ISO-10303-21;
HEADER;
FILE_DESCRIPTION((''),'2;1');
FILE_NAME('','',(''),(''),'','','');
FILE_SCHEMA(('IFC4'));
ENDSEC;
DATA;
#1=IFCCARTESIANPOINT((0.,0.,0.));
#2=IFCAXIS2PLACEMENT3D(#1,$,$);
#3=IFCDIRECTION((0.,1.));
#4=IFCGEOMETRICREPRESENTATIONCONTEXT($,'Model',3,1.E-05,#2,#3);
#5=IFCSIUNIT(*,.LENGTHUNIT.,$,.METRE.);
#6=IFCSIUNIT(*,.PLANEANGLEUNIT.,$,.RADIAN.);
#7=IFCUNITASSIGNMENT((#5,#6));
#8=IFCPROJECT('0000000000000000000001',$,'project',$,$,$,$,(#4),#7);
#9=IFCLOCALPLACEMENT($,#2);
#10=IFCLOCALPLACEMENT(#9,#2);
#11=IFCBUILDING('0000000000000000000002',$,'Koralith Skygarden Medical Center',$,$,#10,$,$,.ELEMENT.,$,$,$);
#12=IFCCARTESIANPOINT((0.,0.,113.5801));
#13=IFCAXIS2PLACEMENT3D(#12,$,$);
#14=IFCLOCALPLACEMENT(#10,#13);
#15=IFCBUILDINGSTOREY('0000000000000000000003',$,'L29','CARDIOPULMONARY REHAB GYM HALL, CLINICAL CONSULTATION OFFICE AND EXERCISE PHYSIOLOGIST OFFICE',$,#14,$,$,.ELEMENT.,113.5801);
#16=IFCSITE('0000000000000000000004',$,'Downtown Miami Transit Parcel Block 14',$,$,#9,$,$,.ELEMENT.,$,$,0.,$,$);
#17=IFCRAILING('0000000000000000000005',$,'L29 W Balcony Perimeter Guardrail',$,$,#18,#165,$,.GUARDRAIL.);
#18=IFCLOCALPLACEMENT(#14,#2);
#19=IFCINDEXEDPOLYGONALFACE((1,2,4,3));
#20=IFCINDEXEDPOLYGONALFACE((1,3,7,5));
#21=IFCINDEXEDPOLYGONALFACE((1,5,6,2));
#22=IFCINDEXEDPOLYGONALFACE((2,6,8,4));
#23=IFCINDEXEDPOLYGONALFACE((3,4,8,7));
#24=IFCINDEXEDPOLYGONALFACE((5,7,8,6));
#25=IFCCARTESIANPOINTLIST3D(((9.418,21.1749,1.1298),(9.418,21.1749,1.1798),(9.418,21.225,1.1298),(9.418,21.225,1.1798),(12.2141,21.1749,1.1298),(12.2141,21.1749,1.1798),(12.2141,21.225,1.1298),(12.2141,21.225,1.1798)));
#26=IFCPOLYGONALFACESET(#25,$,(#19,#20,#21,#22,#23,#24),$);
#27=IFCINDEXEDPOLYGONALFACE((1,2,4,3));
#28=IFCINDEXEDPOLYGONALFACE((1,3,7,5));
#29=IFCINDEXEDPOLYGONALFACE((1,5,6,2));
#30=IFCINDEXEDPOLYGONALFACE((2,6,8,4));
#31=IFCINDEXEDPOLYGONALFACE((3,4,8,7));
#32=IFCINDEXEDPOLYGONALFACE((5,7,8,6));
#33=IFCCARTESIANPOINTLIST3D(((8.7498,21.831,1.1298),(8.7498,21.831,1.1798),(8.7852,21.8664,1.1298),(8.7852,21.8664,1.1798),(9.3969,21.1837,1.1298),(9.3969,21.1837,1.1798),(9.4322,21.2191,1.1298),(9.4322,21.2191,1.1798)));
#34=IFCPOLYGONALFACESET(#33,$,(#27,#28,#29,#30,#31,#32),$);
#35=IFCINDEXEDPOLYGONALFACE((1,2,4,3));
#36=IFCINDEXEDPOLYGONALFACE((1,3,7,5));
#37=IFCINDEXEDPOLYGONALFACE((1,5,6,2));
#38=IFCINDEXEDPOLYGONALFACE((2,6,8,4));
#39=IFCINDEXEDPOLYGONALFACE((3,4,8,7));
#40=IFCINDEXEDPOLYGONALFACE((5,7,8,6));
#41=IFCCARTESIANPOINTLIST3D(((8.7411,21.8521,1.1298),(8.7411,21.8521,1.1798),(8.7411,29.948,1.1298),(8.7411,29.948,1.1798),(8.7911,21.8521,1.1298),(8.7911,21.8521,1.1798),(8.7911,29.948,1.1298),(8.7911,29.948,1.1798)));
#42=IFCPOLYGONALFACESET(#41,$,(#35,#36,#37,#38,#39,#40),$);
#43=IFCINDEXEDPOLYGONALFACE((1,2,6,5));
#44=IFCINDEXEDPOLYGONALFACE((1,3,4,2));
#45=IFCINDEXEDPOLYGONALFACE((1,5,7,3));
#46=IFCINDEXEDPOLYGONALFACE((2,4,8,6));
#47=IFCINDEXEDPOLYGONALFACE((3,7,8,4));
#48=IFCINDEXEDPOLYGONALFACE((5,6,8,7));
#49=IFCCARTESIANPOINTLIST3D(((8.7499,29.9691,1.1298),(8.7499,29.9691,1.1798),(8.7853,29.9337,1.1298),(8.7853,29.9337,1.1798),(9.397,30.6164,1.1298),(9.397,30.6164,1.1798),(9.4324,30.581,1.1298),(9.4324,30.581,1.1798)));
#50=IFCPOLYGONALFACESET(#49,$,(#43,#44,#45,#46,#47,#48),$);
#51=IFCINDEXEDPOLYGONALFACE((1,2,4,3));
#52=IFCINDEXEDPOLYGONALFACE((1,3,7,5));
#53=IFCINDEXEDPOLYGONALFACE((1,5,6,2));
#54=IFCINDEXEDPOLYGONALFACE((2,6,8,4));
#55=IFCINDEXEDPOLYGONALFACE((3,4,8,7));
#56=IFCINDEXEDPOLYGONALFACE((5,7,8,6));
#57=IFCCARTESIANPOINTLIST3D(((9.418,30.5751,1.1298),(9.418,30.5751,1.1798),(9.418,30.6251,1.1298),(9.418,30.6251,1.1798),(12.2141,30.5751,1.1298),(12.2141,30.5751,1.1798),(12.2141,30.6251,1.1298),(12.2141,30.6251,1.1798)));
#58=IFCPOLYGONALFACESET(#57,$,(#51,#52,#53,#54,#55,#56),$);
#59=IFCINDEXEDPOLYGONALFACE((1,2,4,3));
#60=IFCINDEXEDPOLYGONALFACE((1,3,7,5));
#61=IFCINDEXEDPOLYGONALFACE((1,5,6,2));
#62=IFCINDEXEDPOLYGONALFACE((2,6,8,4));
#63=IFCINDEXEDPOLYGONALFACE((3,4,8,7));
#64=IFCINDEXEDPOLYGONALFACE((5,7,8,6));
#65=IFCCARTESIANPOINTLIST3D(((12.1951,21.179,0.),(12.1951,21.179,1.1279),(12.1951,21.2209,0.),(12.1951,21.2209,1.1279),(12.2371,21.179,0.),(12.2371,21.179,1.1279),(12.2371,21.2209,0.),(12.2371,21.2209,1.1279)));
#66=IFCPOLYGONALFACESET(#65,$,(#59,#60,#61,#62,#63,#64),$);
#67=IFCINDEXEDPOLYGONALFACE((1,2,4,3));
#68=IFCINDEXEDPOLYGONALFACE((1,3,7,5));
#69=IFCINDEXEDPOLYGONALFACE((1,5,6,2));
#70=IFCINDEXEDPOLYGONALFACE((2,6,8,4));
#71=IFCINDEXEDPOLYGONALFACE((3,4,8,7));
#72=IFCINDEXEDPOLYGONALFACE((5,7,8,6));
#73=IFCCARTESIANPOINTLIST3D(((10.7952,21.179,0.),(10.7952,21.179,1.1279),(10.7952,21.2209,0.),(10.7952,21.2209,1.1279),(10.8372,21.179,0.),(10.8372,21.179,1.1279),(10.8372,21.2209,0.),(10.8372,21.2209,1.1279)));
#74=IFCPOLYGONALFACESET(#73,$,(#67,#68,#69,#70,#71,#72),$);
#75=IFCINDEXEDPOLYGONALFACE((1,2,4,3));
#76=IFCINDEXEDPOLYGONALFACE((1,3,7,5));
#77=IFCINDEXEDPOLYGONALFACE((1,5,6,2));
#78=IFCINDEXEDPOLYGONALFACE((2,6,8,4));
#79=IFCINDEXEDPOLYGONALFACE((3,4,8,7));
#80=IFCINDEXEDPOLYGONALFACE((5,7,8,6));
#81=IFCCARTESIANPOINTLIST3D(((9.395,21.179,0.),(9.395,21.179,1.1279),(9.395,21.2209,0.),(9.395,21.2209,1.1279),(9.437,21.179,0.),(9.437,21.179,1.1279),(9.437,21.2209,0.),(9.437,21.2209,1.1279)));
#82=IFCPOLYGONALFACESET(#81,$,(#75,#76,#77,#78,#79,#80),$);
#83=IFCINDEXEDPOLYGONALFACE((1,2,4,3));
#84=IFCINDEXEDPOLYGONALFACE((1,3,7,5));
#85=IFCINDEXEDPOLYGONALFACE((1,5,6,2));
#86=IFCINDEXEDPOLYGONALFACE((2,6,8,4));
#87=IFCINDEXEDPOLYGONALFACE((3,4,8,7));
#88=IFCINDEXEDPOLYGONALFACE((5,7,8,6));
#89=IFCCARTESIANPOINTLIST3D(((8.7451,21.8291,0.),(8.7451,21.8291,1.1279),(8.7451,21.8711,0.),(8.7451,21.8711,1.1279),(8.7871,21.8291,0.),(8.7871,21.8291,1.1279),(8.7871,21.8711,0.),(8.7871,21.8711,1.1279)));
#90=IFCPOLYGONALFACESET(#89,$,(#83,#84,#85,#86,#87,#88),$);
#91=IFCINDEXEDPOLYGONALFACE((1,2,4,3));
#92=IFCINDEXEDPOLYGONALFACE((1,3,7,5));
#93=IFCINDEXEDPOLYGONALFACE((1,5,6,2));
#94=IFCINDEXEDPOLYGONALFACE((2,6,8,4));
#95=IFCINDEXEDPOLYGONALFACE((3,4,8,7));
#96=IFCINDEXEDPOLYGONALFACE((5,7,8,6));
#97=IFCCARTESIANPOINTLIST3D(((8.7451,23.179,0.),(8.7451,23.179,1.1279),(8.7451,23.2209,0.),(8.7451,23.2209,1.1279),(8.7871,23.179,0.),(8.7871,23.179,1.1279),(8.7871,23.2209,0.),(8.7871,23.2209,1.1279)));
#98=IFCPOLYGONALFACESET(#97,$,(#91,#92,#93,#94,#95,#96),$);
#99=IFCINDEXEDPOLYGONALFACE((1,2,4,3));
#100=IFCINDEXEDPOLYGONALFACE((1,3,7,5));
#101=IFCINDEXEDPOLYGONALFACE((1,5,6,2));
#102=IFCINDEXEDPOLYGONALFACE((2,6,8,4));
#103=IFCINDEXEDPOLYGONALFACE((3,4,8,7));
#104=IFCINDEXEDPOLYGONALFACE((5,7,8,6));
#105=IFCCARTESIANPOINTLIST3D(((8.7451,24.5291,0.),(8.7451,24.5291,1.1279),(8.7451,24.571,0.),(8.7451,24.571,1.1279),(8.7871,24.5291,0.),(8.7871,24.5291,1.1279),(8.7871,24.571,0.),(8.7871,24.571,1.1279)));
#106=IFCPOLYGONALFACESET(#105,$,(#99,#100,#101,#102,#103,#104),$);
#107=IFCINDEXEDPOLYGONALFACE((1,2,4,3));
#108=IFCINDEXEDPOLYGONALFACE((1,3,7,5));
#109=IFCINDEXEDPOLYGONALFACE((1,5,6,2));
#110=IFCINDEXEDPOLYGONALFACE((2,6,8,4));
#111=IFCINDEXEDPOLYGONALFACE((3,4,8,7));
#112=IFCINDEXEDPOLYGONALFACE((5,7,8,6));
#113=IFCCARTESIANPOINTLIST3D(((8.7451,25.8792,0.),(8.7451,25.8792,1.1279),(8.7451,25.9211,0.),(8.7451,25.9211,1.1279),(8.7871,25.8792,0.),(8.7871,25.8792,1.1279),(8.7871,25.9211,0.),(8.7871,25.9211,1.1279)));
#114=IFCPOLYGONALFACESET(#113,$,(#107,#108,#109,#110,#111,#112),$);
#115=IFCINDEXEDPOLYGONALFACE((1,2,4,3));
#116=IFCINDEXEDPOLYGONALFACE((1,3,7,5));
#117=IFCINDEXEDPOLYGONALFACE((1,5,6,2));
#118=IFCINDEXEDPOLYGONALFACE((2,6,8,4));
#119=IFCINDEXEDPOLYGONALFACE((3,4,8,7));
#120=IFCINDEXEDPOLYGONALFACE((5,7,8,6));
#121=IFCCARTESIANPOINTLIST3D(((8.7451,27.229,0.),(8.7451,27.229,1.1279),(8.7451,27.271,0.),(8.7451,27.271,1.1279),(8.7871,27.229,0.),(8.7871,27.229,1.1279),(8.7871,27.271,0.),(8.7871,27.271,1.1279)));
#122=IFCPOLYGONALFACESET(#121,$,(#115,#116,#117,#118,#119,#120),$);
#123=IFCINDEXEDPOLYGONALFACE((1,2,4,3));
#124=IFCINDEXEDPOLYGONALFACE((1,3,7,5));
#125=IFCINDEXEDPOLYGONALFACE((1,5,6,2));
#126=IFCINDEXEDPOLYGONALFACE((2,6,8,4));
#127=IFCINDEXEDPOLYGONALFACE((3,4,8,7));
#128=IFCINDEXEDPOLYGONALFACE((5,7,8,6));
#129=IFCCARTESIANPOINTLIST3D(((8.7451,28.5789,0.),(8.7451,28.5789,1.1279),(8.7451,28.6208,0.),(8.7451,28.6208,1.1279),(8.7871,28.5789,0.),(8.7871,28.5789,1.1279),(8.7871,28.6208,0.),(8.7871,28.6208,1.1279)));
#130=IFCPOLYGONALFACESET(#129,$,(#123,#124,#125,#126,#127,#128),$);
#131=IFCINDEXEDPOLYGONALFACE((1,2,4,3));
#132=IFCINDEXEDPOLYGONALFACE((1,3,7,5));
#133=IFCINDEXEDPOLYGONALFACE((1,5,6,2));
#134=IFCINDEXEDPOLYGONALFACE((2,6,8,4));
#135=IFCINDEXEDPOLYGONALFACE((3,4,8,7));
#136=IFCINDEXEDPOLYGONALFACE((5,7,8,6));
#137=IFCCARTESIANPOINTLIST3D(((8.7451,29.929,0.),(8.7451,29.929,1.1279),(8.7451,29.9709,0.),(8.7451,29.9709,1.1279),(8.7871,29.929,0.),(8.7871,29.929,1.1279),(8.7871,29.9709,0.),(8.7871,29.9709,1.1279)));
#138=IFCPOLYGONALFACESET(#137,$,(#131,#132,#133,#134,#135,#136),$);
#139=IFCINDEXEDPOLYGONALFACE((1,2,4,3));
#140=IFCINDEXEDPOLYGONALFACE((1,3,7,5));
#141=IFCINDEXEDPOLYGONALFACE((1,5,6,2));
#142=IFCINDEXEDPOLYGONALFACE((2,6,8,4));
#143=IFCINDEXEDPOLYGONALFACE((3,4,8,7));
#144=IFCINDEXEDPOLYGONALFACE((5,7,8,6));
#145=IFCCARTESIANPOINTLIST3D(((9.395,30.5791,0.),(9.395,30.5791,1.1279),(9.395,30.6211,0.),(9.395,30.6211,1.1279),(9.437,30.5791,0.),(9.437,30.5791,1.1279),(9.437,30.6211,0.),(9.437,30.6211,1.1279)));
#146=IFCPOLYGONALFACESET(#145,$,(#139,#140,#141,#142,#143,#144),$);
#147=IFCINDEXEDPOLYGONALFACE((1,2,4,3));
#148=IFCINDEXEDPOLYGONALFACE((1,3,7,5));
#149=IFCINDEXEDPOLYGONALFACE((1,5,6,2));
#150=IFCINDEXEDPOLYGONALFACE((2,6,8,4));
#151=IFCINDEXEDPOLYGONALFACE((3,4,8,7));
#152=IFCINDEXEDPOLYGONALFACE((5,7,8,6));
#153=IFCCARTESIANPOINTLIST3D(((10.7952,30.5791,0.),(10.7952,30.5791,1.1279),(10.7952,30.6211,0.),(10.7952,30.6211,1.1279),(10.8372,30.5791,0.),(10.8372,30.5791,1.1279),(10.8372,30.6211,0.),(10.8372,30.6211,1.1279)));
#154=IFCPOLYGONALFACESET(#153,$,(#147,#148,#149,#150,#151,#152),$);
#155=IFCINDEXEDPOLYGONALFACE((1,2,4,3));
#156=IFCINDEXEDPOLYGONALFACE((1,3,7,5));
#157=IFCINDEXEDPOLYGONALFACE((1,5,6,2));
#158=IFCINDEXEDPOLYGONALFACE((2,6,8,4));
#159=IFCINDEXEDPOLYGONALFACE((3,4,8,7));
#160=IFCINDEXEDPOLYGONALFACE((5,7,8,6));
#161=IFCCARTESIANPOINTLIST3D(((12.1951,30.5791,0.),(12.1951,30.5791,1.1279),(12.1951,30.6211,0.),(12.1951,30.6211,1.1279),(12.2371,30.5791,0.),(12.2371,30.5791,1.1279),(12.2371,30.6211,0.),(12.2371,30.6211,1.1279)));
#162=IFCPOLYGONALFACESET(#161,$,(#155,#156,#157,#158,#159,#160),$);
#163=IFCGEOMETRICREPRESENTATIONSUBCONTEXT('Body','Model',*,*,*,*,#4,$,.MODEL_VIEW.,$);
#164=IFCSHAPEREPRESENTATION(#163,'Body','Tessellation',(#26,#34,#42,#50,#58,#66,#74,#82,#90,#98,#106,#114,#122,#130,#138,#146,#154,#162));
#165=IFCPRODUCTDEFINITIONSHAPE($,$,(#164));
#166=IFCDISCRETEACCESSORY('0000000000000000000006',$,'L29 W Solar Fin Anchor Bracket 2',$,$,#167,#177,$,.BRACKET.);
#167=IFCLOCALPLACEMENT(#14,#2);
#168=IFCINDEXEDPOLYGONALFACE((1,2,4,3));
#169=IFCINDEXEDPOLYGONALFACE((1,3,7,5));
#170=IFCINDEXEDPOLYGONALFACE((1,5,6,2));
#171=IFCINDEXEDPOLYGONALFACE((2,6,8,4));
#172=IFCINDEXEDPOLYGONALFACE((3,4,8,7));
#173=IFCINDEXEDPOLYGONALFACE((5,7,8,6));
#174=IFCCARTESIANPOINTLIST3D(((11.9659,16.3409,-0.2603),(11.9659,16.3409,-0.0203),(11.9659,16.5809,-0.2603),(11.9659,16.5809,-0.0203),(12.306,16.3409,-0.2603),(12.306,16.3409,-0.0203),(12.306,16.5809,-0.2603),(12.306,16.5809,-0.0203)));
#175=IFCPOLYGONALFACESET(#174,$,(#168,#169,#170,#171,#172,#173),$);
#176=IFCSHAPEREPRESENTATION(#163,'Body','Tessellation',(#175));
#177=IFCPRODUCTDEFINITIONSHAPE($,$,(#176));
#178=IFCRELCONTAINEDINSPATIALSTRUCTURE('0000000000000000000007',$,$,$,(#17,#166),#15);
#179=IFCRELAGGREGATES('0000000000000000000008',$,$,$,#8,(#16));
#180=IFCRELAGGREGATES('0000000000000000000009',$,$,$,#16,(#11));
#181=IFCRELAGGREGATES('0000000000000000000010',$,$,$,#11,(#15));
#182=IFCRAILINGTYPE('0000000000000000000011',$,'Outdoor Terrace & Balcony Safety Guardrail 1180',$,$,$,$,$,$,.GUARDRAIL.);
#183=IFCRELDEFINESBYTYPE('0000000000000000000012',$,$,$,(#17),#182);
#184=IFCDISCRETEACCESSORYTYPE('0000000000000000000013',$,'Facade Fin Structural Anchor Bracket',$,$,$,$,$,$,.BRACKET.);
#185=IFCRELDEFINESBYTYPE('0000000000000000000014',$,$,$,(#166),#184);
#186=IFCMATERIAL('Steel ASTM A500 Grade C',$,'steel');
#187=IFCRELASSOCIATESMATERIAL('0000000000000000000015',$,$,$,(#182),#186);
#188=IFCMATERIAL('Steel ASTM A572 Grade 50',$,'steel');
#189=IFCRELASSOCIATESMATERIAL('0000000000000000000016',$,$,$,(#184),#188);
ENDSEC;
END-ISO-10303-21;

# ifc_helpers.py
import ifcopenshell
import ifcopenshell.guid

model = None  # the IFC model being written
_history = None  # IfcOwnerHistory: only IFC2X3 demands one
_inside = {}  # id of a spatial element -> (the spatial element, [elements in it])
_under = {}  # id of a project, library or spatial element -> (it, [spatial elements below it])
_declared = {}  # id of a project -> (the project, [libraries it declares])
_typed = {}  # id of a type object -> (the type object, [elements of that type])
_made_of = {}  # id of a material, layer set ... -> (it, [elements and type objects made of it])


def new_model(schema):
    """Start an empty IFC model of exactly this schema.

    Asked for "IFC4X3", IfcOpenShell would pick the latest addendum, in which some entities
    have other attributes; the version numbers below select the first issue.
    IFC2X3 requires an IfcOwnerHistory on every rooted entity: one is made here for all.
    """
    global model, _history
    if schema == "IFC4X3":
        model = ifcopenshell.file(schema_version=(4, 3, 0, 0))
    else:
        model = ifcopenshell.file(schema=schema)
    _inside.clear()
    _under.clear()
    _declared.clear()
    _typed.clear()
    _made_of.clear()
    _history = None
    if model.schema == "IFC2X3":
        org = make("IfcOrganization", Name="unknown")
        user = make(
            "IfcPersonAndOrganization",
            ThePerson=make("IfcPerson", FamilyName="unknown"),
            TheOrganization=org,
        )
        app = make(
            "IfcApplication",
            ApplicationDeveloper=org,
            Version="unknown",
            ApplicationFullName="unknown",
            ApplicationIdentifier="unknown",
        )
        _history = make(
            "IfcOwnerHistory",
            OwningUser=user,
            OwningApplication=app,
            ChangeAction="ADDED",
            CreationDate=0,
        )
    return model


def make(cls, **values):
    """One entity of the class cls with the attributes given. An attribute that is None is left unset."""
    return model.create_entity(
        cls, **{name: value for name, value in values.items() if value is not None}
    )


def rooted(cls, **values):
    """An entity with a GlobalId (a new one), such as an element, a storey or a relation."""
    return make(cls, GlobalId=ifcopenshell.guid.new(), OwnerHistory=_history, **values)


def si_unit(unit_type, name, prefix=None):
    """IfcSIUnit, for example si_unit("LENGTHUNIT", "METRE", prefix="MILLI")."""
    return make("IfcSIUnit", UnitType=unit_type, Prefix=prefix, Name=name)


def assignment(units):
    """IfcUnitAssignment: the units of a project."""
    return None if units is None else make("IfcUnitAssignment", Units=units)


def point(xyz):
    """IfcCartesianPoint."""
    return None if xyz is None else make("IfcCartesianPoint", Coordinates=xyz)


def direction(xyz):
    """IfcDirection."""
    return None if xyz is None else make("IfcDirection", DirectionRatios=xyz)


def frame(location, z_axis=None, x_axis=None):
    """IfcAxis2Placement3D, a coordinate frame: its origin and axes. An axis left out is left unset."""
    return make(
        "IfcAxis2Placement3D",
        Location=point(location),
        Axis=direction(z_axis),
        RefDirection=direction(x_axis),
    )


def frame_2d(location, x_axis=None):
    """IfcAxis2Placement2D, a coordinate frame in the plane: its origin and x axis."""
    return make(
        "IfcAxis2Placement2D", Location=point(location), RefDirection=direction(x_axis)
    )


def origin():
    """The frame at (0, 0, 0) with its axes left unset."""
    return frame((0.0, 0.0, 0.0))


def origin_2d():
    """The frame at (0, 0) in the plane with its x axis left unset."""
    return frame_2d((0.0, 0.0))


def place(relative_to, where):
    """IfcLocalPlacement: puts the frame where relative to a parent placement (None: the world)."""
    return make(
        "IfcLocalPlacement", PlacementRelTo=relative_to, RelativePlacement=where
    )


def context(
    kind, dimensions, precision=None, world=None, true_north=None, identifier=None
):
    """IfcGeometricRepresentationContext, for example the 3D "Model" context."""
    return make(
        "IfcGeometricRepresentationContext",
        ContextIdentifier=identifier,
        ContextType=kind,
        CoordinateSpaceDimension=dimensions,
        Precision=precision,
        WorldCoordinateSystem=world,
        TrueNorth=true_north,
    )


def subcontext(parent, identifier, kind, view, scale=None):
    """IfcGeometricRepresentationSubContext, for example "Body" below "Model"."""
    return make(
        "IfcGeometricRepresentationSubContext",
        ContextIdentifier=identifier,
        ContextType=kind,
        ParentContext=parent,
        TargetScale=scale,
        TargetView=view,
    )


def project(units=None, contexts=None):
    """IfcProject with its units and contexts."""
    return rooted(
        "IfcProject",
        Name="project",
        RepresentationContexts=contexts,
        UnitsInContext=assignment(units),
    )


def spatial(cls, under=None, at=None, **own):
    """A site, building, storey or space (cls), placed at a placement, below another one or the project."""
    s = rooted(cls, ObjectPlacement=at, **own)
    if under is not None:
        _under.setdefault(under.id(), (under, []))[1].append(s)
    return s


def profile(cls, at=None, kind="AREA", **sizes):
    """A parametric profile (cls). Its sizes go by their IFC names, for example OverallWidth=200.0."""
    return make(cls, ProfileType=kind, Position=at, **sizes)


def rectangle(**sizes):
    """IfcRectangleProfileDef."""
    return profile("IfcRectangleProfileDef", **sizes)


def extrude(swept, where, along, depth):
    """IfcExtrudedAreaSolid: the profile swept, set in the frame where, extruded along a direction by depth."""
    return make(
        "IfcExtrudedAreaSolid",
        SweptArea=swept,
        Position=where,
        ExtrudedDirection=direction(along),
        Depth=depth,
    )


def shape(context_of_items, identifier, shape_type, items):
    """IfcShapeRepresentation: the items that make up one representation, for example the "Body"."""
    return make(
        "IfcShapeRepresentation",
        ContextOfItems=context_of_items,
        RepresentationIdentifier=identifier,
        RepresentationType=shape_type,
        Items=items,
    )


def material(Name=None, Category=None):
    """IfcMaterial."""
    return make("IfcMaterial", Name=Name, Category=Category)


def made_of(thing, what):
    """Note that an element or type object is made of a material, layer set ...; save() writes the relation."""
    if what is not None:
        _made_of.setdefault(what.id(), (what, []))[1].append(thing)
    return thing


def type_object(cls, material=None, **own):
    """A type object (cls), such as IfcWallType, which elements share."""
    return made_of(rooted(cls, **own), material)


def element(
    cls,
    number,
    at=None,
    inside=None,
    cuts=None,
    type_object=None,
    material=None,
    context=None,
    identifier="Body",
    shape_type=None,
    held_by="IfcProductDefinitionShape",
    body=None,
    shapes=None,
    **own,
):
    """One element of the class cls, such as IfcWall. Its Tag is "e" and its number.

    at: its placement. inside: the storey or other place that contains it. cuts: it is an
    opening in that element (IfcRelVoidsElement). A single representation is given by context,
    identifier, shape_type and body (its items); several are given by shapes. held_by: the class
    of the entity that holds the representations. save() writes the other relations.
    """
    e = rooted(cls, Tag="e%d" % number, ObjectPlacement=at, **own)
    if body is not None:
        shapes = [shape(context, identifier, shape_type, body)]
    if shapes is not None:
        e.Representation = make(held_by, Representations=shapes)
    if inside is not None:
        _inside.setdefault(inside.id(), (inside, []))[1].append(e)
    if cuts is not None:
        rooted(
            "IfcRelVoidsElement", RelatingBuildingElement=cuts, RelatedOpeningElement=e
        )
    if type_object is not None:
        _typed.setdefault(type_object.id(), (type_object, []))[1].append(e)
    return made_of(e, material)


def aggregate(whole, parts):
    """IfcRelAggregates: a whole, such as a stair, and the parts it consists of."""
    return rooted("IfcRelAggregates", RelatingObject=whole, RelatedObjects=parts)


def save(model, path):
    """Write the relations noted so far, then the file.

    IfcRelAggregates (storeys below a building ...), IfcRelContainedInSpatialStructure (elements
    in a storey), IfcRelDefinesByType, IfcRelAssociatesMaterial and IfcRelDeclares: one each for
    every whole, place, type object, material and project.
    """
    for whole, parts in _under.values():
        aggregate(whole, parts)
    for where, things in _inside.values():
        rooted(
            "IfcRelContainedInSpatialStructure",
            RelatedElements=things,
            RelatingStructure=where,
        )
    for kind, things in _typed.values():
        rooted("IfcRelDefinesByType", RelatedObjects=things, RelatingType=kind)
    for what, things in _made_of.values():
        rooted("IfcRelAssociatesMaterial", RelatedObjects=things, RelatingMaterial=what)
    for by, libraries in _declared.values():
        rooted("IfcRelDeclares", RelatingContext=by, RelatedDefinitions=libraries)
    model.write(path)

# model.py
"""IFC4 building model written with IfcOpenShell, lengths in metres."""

from ifc_helpers import new_model, si_unit, direction, frame, origin, origin_2d, place, context, subcontext, project, spatial, rectangle, extrude, material, type_object, element, save


model = new_model("IFC4")

# Units and contexts
model_context = context("Model", 3, precision=1e-05, world=origin(), true_north=direction((0.0, 1.0)))
body_context = subcontext(model_context, "Body", "Model", "MODEL_VIEW")
ifc_project = project(units=[si_unit("LENGTHUNIT", "METRE"), si_unit("PLANEANGLEUNIT", "RADIAN")], contexts=[model_context])

# Site, building, storey
site_placement = place(None, origin())
site = spatial("IfcSite", under=ifc_project, at=site_placement, Name="Downtown Miami Transit Parcel Block 14", CompositionType="ELEMENT", RefElevation=0.0)
building_placement = place(site_placement, origin())
building = spatial("IfcBuilding", under=site, at=building_placement, Name="Koralith Skygarden Medical Center", CompositionType="ELEMENT")
storey_placement = place(building_placement, frame((0.0, 0.0, 113.5801)))
storey = spatial("IfcBuildingStorey", under=building, at=storey_placement, Name="L29", Description="CARDIOPULMONARY REHAB GYM HALL, CLINICAL CONSULTATION OFFICE AND EXERCISE PHYSIOLOGIST OFFICE", CompositionType="ELEMENT", Elevation=113.5801)

# Railing
ifc_material_1 = material(Name="Steel ASTM A500 Grade C", Category="steel")
railing_type = type_object("IfcRailingType", Name="Outdoor Terrace & Balcony Safety Guardrail 1180", PredefinedType="GUARDRAIL", material=ifc_material_1)
railing_placement = place(storey_placement, frame((12.2161, 21.2, 0.0)))
element("IfcRailing", 1, at=railing_placement, inside=storey, type_object=railing_type, Name="L29 W Balcony Perimeter Guardrail", PredefinedType="GUARDRAIL", context=body_context, shape_type="SweptSolid", body=[
    extrude(rectangle(XDim=0.05, YDim=0.05, at=origin_2d()), frame((-0.002, 0.0, 1.1548), z_axis=(-1.0, 0.0, 0.0), x_axis=(0.0, -1.0, 0.0)), (0.0, 0.0, 1.0), 2.7961),
    extrude(rectangle(XDim=0.05, YDim=0.05, at=origin_2d()), frame((-2.8015, 0.0015, 1.1548), z_axis=(-0.706974, 0.70724, 0.0), x_axis=(-0.70724, -0.706974, 0.0)), (0.0, 0.0, 1.0), 0.9153),
    extrude(rectangle(XDim=0.05, YDim=0.05, at=origin_2d()), frame((-3.45, 0.6521, 1.1548), z_axis=(0.0, 1.0, 0.0), x_axis=(-1.0, 0.0, 0.0)), (0.0, 0.0, 1.0), 8.0959),
    extrude(rectangle(XDim=0.05, YDim=0.05, at=origin_2d()), frame((-3.4485, 8.7515, 1.1548), z_axis=(0.706974, 0.70724, 0.0), x_axis=(-0.70724, 0.706974, 0.0)), (0.0, 0.0, 1.0), 0.9153),
    extrude(rectangle(XDim=0.05, YDim=0.05, at=origin_2d()), frame((-2.7981, 9.4001, 1.1548), z_axis=(1.0, 0.0, 0.0), x_axis=(0.0, 1.0, 0.0)), (0.0, 0.0, 1.0), 2.7961),
    extrude(rectangle(XDim=0.042, YDim=0.042, at=origin_2d()), origin(), (0.0, 0.0, 1.0), 1.1279),
    extrude(rectangle(XDim=0.042, YDim=0.042, at=origin_2d()), frame((-1.3999, 0.0, 0.0)), (0.0, 0.0, 1.0), 1.1279),
    extrude(rectangle(XDim=0.042, YDim=0.042, at=origin_2d()), frame((-2.8, 0.0, 0.0)), (0.0, 0.0, 1.0), 1.1279),
    extrude(rectangle(XDim=0.042, YDim=0.042, at=origin_2d()), frame((-3.45, 0.6501, 0.0)), (0.0, 0.0, 1.0), 1.1279),
    extrude(rectangle(XDim=0.042, YDim=0.042, at=origin_2d()), frame((-3.45, 2.0, 0.0)), (0.0, 0.0, 1.0), 1.1279),
    extrude(rectangle(XDim=0.042, YDim=0.042, at=origin_2d()), frame((-3.45, 3.3501, 0.0)), (0.0, 0.0, 1.0), 1.1279),
    extrude(rectangle(XDim=0.042, YDim=0.042, at=origin_2d()), frame((-3.45, 4.7002, 0.0)), (0.0, 0.0, 1.0), 1.1279),
    extrude(rectangle(XDim=0.042, YDim=0.042, at=origin_2d()), frame((-3.45, 6.05, 0.0)), (0.0, 0.0, 1.0), 1.1279),
    extrude(rectangle(XDim=0.042, YDim=0.042, at=origin_2d()), frame((-3.45, 7.3999, 0.0)), (0.0, 0.0, 1.0), 1.1279),
    extrude(rectangle(XDim=0.042, YDim=0.042, at=origin_2d()), frame((-3.45, 8.75, 0.0)), (0.0, 0.0, 1.0), 1.1279),
    extrude(rectangle(XDim=0.042, YDim=0.042, at=origin_2d()), frame((-2.8, 9.4001, 0.0)), (0.0, 0.0, 1.0), 1.1279),
    extrude(rectangle(XDim=0.042, YDim=0.042, at=origin_2d()), frame((-1.3999, 9.4001, 0.0)), (0.0, 0.0, 1.0), 1.1279),
    extrude(rectangle(XDim=0.042, YDim=0.042, at=origin_2d()), frame((0.0, 9.4001, 0.0)), (0.0, 0.0, 1.0), 1.1279),
])

# Discrete accessory
ifc_material_2 = material(Name="Steel ASTM A572 Grade 50", Category="steel")
discrete_accessory_type = type_object("IfcDiscreteAccessoryType", Name="Facade Fin Structural Anchor Bracket", PredefinedType="BRACKET", material=ifc_material_2)
discrete_accessory_placement = place(storey_placement, frame((12.136, 16.4609, -0.2603), z_axis=(0.0, 0.0, 1.0), x_axis=(-1.0, 0.0, 0.0)))
element("IfcDiscreteAccessory", 2, at=discrete_accessory_placement, inside=storey, type_object=discrete_accessory_type, Name="L29 W Solar Fin Anchor Bracket 2", PredefinedType="BRACKET", context=body_context, shape_type="SweptSolid", body=[
    extrude(rectangle(XDim=0.3401, YDim=0.24, at=origin_2d()), origin(), (0.0, 0.0, 1.0), 0.24),
])

save(model, "model.ifc")
